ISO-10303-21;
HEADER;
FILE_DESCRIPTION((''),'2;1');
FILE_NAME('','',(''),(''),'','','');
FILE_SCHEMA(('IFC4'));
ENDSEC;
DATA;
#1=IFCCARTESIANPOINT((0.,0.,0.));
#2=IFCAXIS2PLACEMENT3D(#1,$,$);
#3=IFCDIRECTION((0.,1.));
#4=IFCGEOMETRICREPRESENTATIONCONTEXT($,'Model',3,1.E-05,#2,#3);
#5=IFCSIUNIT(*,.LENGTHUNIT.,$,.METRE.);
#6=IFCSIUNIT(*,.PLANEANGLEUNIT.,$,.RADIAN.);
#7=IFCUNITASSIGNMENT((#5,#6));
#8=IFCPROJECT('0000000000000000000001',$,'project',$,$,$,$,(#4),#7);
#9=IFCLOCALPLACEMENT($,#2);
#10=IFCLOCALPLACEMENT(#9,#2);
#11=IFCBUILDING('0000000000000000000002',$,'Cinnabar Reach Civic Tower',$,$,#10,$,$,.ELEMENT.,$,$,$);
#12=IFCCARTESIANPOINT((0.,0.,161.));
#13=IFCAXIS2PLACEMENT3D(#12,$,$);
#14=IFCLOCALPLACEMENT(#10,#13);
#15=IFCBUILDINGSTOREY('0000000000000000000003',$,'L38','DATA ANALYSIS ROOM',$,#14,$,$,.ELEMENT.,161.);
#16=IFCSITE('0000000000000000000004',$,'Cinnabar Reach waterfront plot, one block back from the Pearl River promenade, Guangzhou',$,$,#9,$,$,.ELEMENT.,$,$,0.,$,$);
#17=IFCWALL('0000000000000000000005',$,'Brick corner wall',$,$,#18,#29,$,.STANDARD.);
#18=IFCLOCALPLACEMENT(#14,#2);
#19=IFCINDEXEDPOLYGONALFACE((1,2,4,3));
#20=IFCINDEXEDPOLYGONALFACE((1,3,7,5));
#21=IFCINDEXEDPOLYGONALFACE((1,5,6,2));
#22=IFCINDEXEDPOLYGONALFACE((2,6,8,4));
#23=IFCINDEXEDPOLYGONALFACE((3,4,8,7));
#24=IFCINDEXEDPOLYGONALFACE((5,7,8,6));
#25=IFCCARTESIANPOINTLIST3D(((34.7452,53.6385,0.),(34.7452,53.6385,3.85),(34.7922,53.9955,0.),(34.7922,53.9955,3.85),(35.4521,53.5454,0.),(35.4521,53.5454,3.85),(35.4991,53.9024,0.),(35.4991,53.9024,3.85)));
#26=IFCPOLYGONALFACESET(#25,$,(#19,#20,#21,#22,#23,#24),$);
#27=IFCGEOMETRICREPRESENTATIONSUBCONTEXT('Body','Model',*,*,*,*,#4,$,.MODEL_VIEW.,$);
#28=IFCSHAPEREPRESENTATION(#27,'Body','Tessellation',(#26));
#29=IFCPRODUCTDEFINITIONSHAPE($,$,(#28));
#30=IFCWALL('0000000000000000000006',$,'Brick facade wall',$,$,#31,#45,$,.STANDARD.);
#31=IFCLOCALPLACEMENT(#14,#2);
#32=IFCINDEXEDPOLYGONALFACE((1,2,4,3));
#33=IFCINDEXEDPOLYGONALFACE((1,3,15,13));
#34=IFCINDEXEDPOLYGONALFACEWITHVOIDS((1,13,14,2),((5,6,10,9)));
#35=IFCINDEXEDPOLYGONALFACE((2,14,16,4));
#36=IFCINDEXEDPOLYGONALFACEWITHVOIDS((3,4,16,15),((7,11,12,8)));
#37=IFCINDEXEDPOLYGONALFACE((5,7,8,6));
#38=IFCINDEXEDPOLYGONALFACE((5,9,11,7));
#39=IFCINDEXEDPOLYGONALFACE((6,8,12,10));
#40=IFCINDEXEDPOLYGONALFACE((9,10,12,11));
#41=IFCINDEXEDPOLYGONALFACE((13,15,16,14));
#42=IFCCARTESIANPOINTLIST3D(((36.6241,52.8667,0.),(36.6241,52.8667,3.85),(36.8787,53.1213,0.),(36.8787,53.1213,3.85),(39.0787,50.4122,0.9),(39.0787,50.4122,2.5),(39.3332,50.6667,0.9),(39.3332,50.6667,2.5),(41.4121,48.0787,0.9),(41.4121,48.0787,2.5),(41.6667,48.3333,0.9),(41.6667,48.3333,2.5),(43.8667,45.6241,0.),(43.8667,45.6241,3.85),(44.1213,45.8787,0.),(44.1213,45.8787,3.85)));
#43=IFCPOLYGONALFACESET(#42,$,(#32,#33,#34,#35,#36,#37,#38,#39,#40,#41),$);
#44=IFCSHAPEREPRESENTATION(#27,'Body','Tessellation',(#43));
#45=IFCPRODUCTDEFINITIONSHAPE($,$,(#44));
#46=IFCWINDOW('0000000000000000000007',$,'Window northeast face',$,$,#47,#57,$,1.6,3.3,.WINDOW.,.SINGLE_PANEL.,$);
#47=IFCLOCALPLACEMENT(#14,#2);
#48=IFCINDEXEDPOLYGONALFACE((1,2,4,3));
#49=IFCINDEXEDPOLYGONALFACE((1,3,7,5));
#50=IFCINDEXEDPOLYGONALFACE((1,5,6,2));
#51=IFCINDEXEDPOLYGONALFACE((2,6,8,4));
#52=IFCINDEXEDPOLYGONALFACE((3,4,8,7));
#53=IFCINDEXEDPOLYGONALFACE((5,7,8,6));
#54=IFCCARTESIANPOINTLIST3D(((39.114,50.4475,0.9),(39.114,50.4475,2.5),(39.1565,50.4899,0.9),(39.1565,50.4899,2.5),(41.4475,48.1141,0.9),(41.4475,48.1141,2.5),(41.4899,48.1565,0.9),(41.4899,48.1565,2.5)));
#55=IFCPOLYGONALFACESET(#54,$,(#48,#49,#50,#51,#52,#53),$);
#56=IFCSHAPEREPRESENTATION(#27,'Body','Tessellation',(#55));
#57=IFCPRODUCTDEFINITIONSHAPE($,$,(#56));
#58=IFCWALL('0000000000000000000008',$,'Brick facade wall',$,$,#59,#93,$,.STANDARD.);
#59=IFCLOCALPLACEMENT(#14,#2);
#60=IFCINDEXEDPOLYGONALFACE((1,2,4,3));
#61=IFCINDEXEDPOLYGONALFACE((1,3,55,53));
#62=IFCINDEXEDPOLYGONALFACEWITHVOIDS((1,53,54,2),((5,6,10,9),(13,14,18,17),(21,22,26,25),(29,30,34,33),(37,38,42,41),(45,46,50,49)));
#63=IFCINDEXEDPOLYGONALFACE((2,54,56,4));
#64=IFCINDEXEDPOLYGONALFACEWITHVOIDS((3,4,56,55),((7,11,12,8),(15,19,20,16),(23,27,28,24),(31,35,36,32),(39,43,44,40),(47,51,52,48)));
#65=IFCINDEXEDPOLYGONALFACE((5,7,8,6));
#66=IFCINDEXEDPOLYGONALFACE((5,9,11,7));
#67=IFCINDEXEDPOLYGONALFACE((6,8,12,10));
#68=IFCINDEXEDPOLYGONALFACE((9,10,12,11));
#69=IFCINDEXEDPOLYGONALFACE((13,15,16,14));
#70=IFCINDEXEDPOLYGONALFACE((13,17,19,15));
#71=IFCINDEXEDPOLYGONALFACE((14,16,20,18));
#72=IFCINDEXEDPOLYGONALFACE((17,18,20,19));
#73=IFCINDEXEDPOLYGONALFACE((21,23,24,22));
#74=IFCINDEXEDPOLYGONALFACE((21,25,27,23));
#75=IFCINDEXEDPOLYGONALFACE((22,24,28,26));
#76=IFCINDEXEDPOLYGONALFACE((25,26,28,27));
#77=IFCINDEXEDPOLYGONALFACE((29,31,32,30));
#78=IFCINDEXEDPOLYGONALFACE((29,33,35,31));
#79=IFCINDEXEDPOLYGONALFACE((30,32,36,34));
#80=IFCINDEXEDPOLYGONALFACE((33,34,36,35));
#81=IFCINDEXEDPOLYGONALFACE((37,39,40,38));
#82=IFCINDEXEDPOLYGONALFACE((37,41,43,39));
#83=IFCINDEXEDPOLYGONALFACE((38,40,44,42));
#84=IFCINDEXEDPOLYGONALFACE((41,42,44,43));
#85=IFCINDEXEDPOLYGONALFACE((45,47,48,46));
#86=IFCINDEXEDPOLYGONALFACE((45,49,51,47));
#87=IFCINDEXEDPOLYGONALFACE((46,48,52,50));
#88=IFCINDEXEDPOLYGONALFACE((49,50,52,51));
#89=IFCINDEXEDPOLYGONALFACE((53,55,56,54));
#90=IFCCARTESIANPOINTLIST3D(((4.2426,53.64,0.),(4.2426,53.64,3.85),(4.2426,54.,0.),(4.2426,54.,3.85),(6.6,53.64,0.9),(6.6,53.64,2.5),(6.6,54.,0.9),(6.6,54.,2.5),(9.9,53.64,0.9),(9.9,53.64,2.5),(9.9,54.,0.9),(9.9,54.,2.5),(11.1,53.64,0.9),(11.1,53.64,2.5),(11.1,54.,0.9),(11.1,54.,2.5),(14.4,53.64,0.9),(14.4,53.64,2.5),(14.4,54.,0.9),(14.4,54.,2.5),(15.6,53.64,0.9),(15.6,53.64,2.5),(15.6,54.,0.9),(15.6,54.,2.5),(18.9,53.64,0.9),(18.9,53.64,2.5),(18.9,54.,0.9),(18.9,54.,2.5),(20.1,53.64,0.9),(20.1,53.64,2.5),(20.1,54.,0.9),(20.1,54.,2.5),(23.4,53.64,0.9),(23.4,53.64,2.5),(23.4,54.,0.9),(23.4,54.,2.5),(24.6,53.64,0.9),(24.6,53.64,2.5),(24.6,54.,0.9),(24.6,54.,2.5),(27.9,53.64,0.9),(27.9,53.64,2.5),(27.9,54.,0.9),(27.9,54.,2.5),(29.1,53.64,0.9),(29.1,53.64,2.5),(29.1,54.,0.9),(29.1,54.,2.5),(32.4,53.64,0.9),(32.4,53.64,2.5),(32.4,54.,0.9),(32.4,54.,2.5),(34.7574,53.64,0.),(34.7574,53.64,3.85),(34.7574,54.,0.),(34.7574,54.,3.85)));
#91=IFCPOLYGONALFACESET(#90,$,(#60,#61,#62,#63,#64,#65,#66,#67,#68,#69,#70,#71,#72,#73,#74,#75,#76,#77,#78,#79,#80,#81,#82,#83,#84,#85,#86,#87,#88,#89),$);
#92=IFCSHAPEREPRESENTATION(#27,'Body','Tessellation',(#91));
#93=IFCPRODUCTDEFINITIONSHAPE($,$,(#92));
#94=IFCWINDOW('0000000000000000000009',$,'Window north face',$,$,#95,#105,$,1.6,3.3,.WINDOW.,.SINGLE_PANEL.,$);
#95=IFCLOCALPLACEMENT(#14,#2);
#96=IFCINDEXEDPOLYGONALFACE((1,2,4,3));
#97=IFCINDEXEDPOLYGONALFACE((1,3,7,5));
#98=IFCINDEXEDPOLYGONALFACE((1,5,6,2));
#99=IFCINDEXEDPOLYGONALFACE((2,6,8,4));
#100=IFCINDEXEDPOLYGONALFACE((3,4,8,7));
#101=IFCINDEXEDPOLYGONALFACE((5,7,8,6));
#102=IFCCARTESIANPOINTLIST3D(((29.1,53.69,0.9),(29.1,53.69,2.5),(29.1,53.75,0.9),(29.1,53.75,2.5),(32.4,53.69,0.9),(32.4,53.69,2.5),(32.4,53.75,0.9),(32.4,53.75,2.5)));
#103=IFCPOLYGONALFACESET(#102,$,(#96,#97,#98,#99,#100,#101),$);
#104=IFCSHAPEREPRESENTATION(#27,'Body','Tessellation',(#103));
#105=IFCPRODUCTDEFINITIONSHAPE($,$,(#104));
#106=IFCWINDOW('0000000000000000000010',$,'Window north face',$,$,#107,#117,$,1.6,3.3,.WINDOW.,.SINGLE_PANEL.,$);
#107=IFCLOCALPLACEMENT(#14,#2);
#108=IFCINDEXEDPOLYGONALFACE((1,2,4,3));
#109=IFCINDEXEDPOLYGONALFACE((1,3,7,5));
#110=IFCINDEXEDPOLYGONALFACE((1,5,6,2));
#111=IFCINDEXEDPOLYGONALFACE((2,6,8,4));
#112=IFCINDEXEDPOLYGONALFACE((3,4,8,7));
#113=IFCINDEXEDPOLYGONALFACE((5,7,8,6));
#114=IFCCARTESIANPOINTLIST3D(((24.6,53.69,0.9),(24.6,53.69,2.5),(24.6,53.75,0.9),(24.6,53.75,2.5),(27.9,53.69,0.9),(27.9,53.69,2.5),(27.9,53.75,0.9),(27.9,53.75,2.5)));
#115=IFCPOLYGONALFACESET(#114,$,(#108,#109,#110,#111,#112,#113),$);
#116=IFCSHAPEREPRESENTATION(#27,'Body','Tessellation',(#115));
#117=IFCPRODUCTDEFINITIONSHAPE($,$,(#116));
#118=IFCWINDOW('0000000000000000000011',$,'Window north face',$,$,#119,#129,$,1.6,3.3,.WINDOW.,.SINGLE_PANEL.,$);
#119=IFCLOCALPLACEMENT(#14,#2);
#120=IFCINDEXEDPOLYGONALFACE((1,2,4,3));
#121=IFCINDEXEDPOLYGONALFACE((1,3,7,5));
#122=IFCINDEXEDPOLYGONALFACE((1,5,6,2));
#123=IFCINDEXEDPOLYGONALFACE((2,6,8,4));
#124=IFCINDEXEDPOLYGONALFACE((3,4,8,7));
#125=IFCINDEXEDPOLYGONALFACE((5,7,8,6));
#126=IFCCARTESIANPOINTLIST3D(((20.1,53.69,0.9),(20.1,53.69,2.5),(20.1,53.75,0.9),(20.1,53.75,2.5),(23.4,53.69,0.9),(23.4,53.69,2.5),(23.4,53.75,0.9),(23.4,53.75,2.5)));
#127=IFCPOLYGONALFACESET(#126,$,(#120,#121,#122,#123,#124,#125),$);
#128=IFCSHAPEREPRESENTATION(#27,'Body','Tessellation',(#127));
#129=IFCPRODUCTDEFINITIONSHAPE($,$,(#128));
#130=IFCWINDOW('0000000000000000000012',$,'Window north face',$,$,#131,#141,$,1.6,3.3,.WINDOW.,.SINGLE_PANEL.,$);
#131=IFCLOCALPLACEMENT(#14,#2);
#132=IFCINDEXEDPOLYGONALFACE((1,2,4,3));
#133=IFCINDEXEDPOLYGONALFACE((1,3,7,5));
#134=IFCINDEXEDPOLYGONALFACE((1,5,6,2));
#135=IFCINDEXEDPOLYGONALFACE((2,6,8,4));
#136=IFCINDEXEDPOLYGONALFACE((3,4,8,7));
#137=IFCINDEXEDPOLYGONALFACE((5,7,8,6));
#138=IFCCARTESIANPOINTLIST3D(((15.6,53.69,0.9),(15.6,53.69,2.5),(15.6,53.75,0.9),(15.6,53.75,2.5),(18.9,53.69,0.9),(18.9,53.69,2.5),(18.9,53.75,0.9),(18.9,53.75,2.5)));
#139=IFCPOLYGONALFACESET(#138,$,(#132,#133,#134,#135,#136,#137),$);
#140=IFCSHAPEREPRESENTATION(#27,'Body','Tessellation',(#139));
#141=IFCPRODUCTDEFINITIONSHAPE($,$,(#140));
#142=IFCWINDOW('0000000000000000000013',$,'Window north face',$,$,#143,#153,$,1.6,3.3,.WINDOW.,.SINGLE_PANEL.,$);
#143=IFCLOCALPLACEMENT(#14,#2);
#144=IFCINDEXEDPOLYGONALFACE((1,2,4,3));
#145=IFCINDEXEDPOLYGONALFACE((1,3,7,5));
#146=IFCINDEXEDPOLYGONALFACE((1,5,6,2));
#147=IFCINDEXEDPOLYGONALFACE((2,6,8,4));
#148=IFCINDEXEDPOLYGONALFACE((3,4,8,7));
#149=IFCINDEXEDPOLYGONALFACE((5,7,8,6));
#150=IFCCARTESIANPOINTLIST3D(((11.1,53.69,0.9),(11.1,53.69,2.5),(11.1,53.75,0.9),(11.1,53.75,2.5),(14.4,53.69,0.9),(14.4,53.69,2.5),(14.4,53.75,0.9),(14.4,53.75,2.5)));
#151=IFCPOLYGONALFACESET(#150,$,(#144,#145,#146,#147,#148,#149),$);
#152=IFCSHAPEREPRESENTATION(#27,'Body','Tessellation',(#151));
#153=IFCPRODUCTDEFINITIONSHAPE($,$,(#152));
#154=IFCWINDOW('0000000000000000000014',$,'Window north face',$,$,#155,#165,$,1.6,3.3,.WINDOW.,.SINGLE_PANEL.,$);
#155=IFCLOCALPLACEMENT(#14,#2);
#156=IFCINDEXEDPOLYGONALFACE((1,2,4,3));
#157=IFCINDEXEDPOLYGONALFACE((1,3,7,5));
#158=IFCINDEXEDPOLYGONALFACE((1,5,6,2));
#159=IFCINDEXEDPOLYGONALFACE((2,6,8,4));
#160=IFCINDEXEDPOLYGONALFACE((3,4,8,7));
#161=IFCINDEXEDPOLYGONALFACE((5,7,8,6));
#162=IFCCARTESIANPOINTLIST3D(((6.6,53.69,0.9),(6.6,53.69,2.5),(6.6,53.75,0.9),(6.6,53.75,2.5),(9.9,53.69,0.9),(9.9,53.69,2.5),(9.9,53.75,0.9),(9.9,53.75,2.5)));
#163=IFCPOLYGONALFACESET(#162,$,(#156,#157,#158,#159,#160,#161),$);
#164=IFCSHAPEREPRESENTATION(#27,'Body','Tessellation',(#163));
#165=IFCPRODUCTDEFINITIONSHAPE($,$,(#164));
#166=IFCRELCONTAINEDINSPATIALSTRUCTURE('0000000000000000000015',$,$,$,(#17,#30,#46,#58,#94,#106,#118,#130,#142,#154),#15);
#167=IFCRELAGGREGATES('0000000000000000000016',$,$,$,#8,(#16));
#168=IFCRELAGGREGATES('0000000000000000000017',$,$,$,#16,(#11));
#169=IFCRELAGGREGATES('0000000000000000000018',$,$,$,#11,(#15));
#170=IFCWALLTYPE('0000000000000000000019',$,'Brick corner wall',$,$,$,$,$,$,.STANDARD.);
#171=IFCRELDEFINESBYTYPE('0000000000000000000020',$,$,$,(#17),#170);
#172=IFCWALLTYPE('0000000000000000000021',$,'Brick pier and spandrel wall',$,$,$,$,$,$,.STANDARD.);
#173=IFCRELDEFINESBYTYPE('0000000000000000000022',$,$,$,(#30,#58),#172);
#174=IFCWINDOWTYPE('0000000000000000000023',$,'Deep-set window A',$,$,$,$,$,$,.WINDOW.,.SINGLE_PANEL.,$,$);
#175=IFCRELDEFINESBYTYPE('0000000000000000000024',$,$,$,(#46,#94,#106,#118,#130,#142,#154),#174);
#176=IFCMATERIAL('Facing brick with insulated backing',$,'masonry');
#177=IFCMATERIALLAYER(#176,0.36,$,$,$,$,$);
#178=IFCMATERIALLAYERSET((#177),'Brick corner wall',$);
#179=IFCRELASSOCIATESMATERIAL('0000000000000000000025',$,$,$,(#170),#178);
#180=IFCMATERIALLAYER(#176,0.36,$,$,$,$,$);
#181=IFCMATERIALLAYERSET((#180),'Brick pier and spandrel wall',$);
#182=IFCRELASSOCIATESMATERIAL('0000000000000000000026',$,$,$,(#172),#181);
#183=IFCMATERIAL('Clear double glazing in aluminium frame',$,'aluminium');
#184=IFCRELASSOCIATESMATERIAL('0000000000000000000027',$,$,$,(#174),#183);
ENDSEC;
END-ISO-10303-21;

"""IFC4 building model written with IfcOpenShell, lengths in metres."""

from ifc_helpers import new_model, si_unit, direction, frame, frame_2d, origin, place, context, subcontext, project, spatial, rectangle, extrude, material, layer, layer_set, type_object, element, fill, save


model = new_model("IFC4")

# Units and contexts
model_context = context("Model", 3, precision=1e-05, world=origin(), true_north=direction((0.0, 1.0)))
body_context = subcontext(model_context, "Body", "Model", "MODEL_VIEW")
ifc_project = project(units=[si_unit("LENGTHUNIT", "METRE"), si_unit("PLANEANGLEUNIT", "RADIAN")], contexts=[model_context])

# Site, building, storey
site_placement = place(None, origin())
site = spatial("IfcSite", under=ifc_project, at=site_placement, Name="Cinnabar Reach waterfront plot, one block back from the Pearl River promenade, Guangzhou", CompositionType="ELEMENT", RefElevation=0.0)
building_placement = place(site_placement, origin())
building = spatial("IfcBuilding", under=site, at=building_placement, Name="Cinnabar Reach Civic Tower", CompositionType="ELEMENT")
storey_placement = place(building_placement, frame((0.0, 0.0, 161.0)))
storey = spatial("IfcBuildingStorey", under=building, at=storey_placement, Name="L38", Description="DATA ANALYSIS ROOM", CompositionType="ELEMENT", Elevation=161.0)

# Wall
ifc_material_1 = material(Name="Facing brick with insulated backing", Category="masonry")
ifc_layer_1 = layer(ifc_material_1, 0.36)
ifc_layer_set_1 = layer_set([ifc_layer_1], Name="Brick corner wall")
wall_type_1 = type_object("IfcWallType", Name="Brick corner wall", PredefinedType="STANDARD", material=ifc_layer_set_1)
for number, where, z_axis, x_axis, name in (
    (1, (35.4756, 53.7239, 0.0), (0.0, 0.0, 1.0), (-0.991441, 0.130556, 0.0), "Brick corner wall"),
):
    element("IfcWall", number, at=place(storey_placement, frame(where, z_axis=z_axis, x_axis=x_axis)), inside=storey, type_object=wall_type_1, Name=name, PredefinedType="STANDARD", context=body_context, shape_type="SweptSolid", body=[
        extrude(rectangle(XDim=0.7131, YDim=0.36, at=frame_2d((0.3565, 0.0))), origin(), (0.0, 0.0, 1.0), 3.85),
    ])

# Wall, opening, window
ifc_layer_2 = layer(ifc_material_1, 0.36)
ifc_layer_set_2 = layer_set([ifc_layer_2], Name="Brick pier and spandrel wall")
wall_type_2 = type_object("IfcWallType", Name="Brick pier and spandrel wall", PredefinedType="STANDARD", material=ifc_layer_set_2)
wall_1_placement = place(storey_placement, frame((43.994, 45.7514, 0.0), z_axis=(0.0, 0.0, 1.0), x_axis=(-0.707107, 0.707107, 0.0)))
wall_1 = element("IfcWall", 2, at=wall_1_placement, inside=storey, type_object=wall_type_2, Name="Brick facade wall", PredefinedType="STANDARD", context=body_context, shape_type="SweptSolid", body=[
    extrude(rectangle(XDim=10.2426, YDim=0.36, at=frame_2d((5.1213, 0.0))), origin(), (0.0, 0.0, 1.0), 3.85),
])
opening_1_placement = place(wall_1_placement, frame((3.4713, 0.0, 0.9)))
opening_1 = element("IfcOpeningElement", 3, at=opening_1_placement, cuts=wall_1, PredefinedType="OPENING", context=body_context, shape_type="SweptSolid", body=[
    extrude(rectangle(XDim=3.3, YDim=1.6, at=frame_2d((1.65, 0.8))), frame((0.0, 0.19, 0.0), z_axis=(0.0, -1.0, 0.0), x_axis=(1.0, 0.0, 0.0)), (0.0, 0.0, 1.0), 0.38),
])
ifc_material_2 = material(Name="Clear double glazing in aluminium frame", Category="aluminium")
window_type = type_object("IfcWindowType", Name="Deep-set window A", PartitioningType="SINGLE_PANEL", PredefinedType="WINDOW", material=ifc_material_2)
window_1_placement = place(opening_1_placement, origin())
window_1 = element("IfcWindow", 4, at=window_1_placement, inside=storey, type_object=window_type, Name="Window northeast face", OverallHeight=1.6, OverallWidth=3.3, PartitioningType="SINGLE_PANEL", PredefinedType="WINDOW", context=body_context, shape_type="SweptSolid", body=[
    extrude(rectangle(XDim=3.3, YDim=1.6, at=frame_2d((1.65, 0.8))), frame((0.0, 0.13, 0.0), z_axis=(0.0, -1.0, 0.0), x_axis=(1.0, 0.0, 0.0)), (0.0, 0.0, 1.0), 0.06),
])
fill(opening_1, window_1)

# Wall, openings, windows
wall_2_placement = place(storey_placement, frame((34.7574, 53.82, 0.0), z_axis=(0.0, 0.0, 1.0), x_axis=(-1.0, 0.0, 0.0)))
wall_2 = element("IfcWall", 5, at=wall_2_placement, inside=storey, type_object=wall_type_2, Name="Brick facade wall", PredefinedType="STANDARD", context=body_context, shape_type="SweptSolid", body=[
    extrude(rectangle(XDim=30.5148, YDim=0.36, at=frame_2d((15.2574, 0.0))), origin(), (0.0, 0.0, 1.0), 3.85),
])
opening_2_placement = place(wall_2_placement, frame((2.3574, 0.0, 0.9)))
opening_2 = element("IfcOpeningElement", 6, at=opening_2_placement, cuts=wall_2, PredefinedType="OPENING", context=body_context, shape_type="SweptSolid", body=[
    extrude(rectangle(XDim=3.3, YDim=1.6, at=frame_2d((1.65, 0.8))), frame((0.0, 0.19, 0.0), z_axis=(0.0, -1.0, 0.0), x_axis=(1.0, 0.0, 0.0)), (0.0, 0.0, 1.0), 0.38),
])
opening_3_placement = place(wall_2_placement, frame((6.8574, 0.0, 0.9)))
opening_3 = element("IfcOpeningElement", 7, at=opening_3_placement, cuts=wall_2, PredefinedType="OPENING", context=body_context, shape_type="SweptSolid", body=[
    extrude(rectangle(XDim=3.3, YDim=1.6, at=frame_2d((1.65, 0.8))), frame((0.0, 0.19, 0.0), z_axis=(0.0, -1.0, 0.0), x_axis=(1.0, 0.0, 0.0)), (0.0, 0.0, 1.0), 0.38),
])
opening_4_placement = place(wall_2_placement, frame((11.3574, 0.0, 0.9)))
opening_4 = element("IfcOpeningElement", 8, at=opening_4_placement, cuts=wall_2, PredefinedType="OPENING", context=body_context, shape_type="SweptSolid", body=[
    extrude(rectangle(XDim=3.3, YDim=1.6, at=frame_2d((1.65, 0.8))), frame((0.0, 0.19, 0.0), z_axis=(0.0, -1.0, 0.0), x_axis=(1.0, 0.0, 0.0)), (0.0, 0.0, 1.0), 0.38),
])
opening_5_placement = place(wall_2_placement, frame((15.8574, 0.0, 0.9)))
opening_5 = element("IfcOpeningElement", 9, at=opening_5_placement, cuts=wall_2, PredefinedType="OPENING", context=body_context, shape_type="SweptSolid", body=[
    extrude(rectangle(XDim=3.3, YDim=1.6, at=frame_2d((1.65, 0.8))), frame((0.0, 0.19, 0.0), z_axis=(0.0, -1.0, 0.0), x_axis=(1.0, 0.0, 0.0)), (0.0, 0.0, 1.0), 0.38),
])
opening_6_placement = place(wall_2_placement, frame((20.3574, 0.0, 0.9)))
opening_6 = element("IfcOpeningElement", 10, at=opening_6_placement, cuts=wall_2, PredefinedType="OPENING", context=body_context, shape_type="SweptSolid", body=[
    extrude(rectangle(XDim=3.3, YDim=1.6, at=frame_2d((1.65, 0.8))), frame((0.0, 0.19, 0.0), z_axis=(0.0, -1.0, 0.0), x_axis=(1.0, 0.0, 0.0)), (0.0, 0.0, 1.0), 0.38),
])
opening_7_placement = place(wall_2_placement, frame((24.8574, 0.0, 0.9)))
opening_7 = element("IfcOpeningElement", 11, at=opening_7_placement, cuts=wall_2, PredefinedType="OPENING", context=body_context, shape_type="SweptSolid", body=[
    extrude(rectangle(XDim=3.3, YDim=1.6, at=frame_2d((1.65, 0.8))), frame((0.0, 0.19, 0.0), z_axis=(0.0, -1.0, 0.0), x_axis=(1.0, 0.0, 0.0)), (0.0, 0.0, 1.0), 0.38),
])
window_2_placement = place(opening_2_placement, origin())
window_2 = element("IfcWindow", 12, at=window_2_placement, inside=storey, type_object=window_type, Name="Window north face", OverallHeight=1.6, OverallWidth=3.3, PartitioningType="SINGLE_PANEL", PredefinedType="WINDOW", context=body_context, shape_type="SweptSolid", body=[
    extrude(rectangle(XDim=3.3, YDim=1.6, at=frame_2d((1.65, 0.8))), frame((0.0, 0.13, 0.0), z_axis=(0.0, -1.0, 0.0), x_axis=(1.0, 0.0, 0.0)), (0.0, 0.0, 1.0), 0.06),
])
fill(opening_2, window_2)
window_3_placement = place(opening_3_placement, origin())
window_3 = element("IfcWindow", 13, at=window_3_placement, inside=storey, type_object=window_type, Name="Window north face", OverallHeight=1.6, OverallWidth=3.3, PartitioningType="SINGLE_PANEL", PredefinedType="WINDOW", context=body_context, shape_type="SweptSolid", body=[
    extrude(rectangle(XDim=3.3, YDim=1.6, at=frame_2d((1.65, 0.8))), frame((0.0, 0.13, 0.0), z_axis=(0.0, -1.0, 0.0), x_axis=(1.0, 0.0, 0.0)), (0.0, 0.0, 1.0), 0.06),
])
fill(opening_3, window_3)
window_4_placement = place(opening_4_placement, origin())
window_4 = element("IfcWindow", 14, at=window_4_placement, inside=storey, type_object=window_type, Name="Window north face", OverallHeight=1.6, OverallWidth=3.3, PartitioningType="SINGLE_PANEL", PredefinedType="WINDOW", context=body_context, shape_type="SweptSolid", body=[
    extrude(rectangle(XDim=3.3, YDim=1.6, at=frame_2d((1.65, 0.8))), frame((0.0, 0.13, 0.0), z_axis=(0.0, -1.0, 0.0), x_axis=(1.0, 0.0, 0.0)), (0.0, 0.0, 1.0), 0.06),
])
fill(opening_4, window_4)
window_5_placement = place(opening_5_placement, origin())
window_5 = element("IfcWindow", 15, at=window_5_placement, inside=storey, type_object=window_type, Name="Window north face", OverallHeight=1.6, OverallWidth=3.3, PartitioningType="SINGLE_PANEL", PredefinedType="WINDOW", context=body_context, shape_type="SweptSolid", body=[
    extrude(rectangle(XDim=3.3, YDim=1.6, at=frame_2d((1.65, 0.8))), frame((0.0, 0.13, 0.0), z_axis=(0.0, -1.0, 0.0), x_axis=(1.0, 0.0, 0.0)), (0.0, 0.0, 1.0), 0.06),
])
fill(opening_5, window_5)
window_6_placement = place(opening_6_placement, origin())
window_6 = element("IfcWindow", 16, at=window_6_placement, inside=storey, type_object=window_type, Name="Window north face", OverallHeight=1.6, OverallWidth=3.3, PartitioningType="SINGLE_PANEL", PredefinedType="WINDOW", context=body_context, shape_type="SweptSolid", body=[
    extrude(rectangle(XDim=3.3, YDim=1.6, at=frame_2d((1.65, 0.8))), frame((0.0, 0.13, 0.0), z_axis=(0.0, -1.0, 0.0), x_axis=(1.0, 0.0, 0.0)), (0.0, 0.0, 1.0), 0.06),
])
fill(opening_6, window_6)
window_7_placement = place(opening_7_placement, origin())
window_7 = element("IfcWindow", 17, at=window_7_placement, inside=storey, type_object=window_type, Name="Window north face", OverallHeight=1.6, OverallWidth=3.3, PartitioningType="SINGLE_PANEL", PredefinedType="WINDOW", context=body_context, shape_type="SweptSolid", body=[
    extrude(rectangle(XDim=3.3, YDim=1.6, at=frame_2d((1.65, 0.8))), frame((0.0, 0.13, 0.0), z_axis=(0.0, -1.0, 0.0), x_axis=(1.0, 0.0, 0.0)), (0.0, 0.0, 1.0), 0.06),
])
fill(opening_7, window_7)

save(model, "model.ifc")
